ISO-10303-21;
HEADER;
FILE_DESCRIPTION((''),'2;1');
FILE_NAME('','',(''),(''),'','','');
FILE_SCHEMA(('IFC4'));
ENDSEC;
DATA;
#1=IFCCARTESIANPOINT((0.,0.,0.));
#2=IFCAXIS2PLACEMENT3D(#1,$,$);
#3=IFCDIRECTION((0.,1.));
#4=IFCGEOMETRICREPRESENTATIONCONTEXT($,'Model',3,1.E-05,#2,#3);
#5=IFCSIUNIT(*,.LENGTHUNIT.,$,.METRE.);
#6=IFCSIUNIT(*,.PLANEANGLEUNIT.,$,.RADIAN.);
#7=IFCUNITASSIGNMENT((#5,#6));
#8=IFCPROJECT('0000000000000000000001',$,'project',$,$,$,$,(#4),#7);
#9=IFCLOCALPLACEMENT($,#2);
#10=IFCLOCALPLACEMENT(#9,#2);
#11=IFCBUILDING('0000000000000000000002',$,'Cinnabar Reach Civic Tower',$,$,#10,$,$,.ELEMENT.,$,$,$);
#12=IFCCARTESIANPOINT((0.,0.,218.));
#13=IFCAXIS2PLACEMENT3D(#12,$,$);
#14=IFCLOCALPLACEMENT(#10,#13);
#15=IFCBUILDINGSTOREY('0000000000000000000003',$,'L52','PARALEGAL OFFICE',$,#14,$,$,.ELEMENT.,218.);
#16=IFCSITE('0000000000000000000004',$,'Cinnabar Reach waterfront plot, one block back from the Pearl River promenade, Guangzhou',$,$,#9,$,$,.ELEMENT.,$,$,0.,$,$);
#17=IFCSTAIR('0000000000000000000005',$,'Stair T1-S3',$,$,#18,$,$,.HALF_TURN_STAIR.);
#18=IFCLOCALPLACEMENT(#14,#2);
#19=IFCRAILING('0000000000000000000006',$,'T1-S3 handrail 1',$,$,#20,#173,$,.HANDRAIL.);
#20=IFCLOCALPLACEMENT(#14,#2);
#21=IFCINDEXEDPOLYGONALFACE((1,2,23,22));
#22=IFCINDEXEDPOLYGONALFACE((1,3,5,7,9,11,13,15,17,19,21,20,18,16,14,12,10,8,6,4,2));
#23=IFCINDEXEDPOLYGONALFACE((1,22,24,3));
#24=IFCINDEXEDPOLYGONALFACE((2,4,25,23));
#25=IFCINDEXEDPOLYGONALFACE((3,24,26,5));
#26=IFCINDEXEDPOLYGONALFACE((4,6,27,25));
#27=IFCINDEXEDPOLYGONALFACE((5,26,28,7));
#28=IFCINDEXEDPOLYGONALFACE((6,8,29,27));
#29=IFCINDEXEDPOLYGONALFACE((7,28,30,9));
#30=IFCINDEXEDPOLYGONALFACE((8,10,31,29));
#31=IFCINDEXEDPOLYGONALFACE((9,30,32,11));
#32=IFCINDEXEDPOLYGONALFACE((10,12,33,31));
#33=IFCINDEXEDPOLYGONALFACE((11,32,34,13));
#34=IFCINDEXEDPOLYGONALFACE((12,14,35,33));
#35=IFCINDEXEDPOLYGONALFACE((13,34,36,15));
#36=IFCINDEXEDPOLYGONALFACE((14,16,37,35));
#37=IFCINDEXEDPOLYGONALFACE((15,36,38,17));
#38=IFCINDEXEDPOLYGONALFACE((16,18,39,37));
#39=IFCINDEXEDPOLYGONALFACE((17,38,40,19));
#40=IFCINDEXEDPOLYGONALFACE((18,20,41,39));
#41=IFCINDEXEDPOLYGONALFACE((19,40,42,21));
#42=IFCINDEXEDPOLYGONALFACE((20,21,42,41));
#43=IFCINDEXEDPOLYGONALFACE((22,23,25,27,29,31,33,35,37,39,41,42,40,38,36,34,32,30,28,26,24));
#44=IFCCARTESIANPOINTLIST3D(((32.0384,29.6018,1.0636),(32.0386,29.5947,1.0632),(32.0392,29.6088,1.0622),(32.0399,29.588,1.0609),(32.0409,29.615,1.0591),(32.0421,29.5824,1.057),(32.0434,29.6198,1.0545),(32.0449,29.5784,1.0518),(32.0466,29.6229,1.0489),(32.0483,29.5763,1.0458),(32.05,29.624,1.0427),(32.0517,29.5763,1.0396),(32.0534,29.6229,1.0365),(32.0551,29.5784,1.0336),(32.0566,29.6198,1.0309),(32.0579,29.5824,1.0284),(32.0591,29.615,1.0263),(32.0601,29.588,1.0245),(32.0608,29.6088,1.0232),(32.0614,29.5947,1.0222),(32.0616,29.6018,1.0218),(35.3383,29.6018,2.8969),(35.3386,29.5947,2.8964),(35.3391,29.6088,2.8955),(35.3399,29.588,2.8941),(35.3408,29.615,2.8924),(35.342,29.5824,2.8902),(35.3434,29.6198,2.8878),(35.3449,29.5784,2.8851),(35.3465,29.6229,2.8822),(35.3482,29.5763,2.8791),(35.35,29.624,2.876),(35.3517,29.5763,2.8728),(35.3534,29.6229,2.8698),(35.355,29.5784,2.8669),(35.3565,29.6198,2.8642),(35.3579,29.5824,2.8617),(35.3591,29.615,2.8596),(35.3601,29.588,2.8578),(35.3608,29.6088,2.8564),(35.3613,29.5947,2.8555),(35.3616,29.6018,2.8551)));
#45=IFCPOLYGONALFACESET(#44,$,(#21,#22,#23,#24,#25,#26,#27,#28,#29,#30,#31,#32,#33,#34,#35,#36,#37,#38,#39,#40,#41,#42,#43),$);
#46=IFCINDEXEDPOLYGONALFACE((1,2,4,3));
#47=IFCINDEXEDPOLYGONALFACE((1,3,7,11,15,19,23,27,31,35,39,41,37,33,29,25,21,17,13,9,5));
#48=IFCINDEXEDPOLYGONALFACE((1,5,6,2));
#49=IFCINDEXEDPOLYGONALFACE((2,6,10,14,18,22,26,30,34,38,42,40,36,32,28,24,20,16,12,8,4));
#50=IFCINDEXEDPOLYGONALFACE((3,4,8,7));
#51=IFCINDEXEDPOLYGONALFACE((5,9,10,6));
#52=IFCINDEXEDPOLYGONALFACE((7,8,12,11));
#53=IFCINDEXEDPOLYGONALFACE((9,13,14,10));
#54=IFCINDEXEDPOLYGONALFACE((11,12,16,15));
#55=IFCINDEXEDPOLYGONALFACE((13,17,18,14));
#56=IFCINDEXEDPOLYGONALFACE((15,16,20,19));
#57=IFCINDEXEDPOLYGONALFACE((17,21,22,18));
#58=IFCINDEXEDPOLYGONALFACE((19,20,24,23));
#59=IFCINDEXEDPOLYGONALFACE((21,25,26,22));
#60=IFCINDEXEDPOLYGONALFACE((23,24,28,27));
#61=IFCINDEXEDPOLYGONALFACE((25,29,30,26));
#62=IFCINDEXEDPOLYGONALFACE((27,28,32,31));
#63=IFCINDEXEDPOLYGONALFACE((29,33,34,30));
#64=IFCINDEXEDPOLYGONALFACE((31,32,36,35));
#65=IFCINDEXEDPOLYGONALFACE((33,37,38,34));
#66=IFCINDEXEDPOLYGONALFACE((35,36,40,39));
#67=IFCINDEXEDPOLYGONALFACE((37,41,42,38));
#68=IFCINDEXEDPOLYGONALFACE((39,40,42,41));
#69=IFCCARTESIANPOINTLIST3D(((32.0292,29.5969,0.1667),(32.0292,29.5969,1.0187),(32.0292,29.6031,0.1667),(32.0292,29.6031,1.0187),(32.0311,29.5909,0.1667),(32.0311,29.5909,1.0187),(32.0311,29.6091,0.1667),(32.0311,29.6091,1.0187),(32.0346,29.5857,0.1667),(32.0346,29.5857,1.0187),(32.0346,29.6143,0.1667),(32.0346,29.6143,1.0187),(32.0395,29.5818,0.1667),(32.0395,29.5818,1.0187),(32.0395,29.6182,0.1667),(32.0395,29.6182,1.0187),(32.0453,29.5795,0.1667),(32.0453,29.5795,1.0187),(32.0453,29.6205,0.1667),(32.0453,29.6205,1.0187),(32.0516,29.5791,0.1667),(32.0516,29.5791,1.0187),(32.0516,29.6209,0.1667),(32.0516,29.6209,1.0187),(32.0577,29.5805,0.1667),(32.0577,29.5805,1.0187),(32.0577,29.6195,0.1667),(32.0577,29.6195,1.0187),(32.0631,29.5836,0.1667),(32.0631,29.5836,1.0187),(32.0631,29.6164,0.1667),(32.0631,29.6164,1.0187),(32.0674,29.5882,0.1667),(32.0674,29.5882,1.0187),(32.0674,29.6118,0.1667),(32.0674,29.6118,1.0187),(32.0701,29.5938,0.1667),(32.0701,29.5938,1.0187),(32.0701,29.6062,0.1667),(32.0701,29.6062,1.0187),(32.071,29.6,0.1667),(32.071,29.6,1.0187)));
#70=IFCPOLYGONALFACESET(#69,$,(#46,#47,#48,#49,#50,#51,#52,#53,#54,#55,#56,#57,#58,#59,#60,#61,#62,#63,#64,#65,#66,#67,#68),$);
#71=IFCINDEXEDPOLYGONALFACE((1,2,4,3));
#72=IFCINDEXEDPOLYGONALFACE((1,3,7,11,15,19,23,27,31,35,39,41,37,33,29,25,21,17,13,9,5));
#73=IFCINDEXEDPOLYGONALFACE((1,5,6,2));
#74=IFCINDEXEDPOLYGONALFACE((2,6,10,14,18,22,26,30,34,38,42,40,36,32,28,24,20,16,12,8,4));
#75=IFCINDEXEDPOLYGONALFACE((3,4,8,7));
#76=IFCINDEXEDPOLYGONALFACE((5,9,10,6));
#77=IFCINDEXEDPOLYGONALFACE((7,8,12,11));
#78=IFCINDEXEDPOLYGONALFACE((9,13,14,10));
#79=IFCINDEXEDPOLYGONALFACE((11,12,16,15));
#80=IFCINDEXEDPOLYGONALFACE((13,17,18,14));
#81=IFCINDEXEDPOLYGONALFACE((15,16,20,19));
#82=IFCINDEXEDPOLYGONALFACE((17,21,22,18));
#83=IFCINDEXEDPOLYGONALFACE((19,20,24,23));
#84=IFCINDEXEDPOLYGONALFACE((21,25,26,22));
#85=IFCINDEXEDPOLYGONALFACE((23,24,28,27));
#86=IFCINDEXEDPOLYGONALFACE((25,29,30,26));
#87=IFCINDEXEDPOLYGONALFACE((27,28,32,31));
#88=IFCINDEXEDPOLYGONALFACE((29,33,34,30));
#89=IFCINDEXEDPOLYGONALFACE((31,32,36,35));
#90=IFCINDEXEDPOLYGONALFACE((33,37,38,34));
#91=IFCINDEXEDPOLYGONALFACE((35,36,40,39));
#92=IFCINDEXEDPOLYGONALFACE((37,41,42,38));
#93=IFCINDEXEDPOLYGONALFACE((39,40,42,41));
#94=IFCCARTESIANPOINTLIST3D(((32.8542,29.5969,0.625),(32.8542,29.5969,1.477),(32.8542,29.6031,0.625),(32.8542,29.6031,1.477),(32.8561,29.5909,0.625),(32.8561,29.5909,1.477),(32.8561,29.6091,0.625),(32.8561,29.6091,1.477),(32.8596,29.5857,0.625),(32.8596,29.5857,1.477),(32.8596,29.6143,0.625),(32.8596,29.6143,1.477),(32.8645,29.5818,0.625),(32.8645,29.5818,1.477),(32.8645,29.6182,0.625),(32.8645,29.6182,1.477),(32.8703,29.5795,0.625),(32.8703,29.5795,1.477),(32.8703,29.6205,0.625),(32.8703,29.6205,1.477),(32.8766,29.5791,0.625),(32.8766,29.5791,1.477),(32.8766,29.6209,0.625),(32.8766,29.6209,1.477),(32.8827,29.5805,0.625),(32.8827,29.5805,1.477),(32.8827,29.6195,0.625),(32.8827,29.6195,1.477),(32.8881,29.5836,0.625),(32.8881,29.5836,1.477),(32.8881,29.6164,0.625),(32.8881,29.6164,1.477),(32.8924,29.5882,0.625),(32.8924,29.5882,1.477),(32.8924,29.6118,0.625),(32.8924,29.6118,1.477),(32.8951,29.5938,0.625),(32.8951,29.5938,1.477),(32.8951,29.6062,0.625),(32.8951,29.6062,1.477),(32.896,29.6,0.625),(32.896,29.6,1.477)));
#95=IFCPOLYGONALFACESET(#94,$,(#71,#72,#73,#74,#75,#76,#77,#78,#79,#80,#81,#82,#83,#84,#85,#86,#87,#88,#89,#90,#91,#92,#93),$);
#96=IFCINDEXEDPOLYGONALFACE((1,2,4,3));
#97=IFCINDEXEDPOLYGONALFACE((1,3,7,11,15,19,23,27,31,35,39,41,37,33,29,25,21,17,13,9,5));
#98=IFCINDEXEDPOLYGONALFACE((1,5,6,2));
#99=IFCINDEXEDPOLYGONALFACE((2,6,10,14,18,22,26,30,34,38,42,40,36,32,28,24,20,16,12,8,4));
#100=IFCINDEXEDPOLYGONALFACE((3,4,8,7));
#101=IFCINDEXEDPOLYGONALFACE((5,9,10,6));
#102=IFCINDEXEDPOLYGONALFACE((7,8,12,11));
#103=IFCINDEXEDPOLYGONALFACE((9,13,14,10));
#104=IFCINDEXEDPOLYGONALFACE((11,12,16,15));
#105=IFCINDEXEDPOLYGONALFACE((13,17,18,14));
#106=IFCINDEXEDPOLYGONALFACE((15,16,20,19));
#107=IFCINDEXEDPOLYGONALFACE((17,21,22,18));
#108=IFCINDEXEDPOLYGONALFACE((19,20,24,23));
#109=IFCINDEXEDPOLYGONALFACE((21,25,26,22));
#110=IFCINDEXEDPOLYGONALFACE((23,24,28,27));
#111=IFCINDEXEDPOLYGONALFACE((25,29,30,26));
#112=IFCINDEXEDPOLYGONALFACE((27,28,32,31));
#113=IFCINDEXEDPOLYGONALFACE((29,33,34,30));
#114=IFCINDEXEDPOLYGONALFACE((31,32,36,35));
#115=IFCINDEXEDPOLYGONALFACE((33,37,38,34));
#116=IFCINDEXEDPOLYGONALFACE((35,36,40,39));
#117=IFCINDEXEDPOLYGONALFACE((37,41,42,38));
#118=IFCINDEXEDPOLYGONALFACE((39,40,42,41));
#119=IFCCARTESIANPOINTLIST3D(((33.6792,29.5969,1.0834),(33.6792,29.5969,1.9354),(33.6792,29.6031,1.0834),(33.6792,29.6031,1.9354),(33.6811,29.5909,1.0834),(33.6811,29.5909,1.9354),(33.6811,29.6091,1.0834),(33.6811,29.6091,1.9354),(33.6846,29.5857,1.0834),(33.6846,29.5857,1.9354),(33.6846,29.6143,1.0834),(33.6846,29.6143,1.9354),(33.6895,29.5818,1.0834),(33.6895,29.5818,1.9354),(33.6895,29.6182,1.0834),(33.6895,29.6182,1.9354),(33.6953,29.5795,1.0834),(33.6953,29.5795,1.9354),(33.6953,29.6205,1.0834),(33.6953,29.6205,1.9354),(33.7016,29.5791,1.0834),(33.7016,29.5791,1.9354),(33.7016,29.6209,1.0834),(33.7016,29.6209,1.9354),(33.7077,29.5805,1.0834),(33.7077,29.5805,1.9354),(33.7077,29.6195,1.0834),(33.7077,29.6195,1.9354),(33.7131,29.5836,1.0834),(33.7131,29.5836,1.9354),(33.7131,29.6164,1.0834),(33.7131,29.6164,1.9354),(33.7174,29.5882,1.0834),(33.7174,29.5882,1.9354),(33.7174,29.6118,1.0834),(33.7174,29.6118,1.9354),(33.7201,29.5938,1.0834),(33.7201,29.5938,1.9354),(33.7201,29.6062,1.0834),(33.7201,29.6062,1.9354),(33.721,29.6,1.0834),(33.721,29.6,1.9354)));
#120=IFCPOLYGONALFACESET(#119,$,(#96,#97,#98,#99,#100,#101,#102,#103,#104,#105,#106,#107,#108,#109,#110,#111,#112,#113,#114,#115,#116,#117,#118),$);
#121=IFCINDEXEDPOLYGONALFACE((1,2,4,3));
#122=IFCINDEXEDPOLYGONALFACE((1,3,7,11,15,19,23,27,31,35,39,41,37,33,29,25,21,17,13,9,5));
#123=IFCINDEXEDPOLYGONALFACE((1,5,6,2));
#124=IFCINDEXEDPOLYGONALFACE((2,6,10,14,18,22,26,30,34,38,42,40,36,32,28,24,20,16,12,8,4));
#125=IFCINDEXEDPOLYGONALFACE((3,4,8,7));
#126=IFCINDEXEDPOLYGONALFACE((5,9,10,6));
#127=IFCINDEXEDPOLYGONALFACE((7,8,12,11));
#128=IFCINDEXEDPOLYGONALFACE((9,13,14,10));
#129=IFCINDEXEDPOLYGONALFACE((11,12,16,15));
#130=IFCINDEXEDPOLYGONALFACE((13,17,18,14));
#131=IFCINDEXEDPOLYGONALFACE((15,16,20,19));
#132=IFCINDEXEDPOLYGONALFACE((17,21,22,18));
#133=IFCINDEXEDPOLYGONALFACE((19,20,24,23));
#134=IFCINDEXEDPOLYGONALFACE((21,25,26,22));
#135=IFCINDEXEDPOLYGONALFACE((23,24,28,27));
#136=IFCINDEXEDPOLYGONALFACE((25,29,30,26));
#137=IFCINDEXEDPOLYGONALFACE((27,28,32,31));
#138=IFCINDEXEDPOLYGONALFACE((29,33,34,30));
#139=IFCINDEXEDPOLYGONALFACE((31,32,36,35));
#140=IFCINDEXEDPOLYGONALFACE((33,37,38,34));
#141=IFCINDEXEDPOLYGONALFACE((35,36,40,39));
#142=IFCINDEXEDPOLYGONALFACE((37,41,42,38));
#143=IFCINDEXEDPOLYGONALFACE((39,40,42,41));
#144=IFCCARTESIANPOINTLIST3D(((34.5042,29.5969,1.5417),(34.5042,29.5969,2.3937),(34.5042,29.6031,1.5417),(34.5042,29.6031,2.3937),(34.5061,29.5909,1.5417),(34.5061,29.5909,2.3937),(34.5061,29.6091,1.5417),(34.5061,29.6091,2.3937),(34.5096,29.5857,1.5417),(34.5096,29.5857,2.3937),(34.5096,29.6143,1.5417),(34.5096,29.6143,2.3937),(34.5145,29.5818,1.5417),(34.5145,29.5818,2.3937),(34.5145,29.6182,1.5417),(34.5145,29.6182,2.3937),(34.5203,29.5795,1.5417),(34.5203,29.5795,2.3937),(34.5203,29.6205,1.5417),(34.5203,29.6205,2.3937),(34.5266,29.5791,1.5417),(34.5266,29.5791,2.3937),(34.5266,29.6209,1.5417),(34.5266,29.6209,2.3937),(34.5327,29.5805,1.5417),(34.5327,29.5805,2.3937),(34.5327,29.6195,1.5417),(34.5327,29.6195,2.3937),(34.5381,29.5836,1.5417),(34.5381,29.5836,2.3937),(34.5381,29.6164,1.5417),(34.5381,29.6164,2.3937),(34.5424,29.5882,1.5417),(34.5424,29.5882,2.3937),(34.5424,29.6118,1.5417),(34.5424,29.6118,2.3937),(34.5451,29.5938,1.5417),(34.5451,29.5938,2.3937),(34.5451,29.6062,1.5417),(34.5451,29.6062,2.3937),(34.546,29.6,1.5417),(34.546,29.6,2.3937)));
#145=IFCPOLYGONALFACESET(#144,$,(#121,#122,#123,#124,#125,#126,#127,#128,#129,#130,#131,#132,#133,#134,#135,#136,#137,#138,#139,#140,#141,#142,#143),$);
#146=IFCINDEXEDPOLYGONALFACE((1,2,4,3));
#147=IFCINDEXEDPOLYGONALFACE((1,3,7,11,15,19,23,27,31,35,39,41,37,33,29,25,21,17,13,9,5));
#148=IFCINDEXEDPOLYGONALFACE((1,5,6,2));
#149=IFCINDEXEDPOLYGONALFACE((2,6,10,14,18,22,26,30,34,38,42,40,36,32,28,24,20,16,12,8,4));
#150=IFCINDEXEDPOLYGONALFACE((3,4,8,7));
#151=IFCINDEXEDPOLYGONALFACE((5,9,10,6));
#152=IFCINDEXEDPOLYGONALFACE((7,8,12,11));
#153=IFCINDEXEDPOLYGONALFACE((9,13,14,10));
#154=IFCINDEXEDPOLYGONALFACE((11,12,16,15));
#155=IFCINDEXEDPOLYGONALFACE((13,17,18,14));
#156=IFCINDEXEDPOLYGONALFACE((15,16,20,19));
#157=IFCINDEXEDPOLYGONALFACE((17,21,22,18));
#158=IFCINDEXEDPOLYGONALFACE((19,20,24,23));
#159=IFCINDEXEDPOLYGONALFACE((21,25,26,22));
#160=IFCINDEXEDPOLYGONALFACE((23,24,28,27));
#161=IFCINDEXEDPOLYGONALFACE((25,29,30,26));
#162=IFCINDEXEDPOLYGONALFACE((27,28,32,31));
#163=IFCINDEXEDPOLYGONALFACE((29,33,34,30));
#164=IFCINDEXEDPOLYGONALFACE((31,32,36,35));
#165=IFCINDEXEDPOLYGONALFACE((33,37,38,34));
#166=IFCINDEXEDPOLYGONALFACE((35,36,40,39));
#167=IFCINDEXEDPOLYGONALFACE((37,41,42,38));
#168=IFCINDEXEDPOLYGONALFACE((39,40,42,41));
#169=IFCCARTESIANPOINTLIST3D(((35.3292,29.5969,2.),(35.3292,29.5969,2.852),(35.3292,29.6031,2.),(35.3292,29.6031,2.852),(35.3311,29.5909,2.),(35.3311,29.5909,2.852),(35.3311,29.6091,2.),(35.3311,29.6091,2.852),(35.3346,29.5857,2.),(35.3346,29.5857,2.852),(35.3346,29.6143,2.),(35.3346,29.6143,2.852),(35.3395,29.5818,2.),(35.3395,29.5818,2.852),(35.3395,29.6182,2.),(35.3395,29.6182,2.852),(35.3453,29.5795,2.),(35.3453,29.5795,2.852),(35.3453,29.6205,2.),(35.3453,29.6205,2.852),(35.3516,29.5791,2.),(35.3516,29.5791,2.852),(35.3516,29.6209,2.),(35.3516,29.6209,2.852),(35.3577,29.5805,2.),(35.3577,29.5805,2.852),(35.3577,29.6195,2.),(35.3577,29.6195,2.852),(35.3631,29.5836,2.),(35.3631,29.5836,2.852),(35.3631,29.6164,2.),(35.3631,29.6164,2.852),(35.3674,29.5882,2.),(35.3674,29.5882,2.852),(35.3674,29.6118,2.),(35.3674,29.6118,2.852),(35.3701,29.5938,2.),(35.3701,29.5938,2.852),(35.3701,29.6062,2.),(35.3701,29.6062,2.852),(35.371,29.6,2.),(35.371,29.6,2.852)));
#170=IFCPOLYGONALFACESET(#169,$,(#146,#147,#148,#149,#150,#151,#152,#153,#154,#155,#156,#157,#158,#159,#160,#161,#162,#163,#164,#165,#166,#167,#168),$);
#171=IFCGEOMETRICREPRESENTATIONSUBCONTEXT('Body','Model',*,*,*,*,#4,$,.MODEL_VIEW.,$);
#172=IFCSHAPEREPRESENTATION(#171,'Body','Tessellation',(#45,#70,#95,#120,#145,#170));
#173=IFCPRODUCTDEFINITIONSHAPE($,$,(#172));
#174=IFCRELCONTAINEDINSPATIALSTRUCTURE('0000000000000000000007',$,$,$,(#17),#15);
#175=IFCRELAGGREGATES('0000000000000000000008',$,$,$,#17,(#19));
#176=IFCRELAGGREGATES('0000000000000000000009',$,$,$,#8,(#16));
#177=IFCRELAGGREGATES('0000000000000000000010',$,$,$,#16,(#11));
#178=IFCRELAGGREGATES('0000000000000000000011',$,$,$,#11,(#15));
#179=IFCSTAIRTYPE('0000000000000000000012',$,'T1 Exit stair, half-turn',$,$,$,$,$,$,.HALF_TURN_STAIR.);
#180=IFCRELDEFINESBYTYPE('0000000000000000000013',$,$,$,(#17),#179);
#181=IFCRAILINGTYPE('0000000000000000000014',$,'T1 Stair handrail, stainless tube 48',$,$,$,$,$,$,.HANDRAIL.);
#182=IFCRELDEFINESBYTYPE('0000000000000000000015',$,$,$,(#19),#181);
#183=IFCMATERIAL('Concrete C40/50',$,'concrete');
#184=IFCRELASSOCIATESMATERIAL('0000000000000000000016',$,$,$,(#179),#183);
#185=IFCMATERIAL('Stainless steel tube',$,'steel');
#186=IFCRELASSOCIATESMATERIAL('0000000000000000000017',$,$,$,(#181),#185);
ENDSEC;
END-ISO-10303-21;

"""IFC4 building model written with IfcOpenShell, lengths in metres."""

from ifc_helpers import new_model, si_unit, direction, frame, origin, origin_2d, place, context, subcontext, project, spatial, circle, extrude, material, type_object, element, aggregate, save


model = new_model("IFC4")

# Units and contexts
model_context = context("Model", 3, precision=1e-05, world=origin(), true_north=direction((0.0, 1.0)))
body_context = subcontext(model_context, "Body", "Model", "MODEL_VIEW")
ifc_project = project(units=[si_unit("LENGTHUNIT", "METRE"), si_unit("PLANEANGLEUNIT", "RADIAN")], contexts=[model_context])

# Site, building, storey
site_placement = place(None, origin())
site = spatial("IfcSite", under=ifc_project, at=site_placement, Name="Cinnabar Reach waterfront plot, one block back from the Pearl River promenade, Guangzhou", CompositionType="ELEMENT", RefElevation=0.0)
building_placement = place(site_placement, origin())
building = spatial("IfcBuilding", under=site, at=building_placement, Name="Cinnabar Reach Civic Tower", CompositionType="ELEMENT")
storey_placement = place(building_placement, frame((0.0, 0.0, 218.0)))
storey = spatial("IfcBuildingStorey", under=building, at=storey_placement, Name="L52", Description="PARALEGAL OFFICE", CompositionType="ELEMENT", Elevation=218.0)

# Stair, railing
ifc_material_1 = material(Name="Concrete C40/50", Category="concrete")
stair_type = type_object("IfcStairType", Name="T1 Exit stair, half-turn", PredefinedType="HALF_TURN_STAIR", material=ifc_material_1)
stair_placement = place(storey_placement, origin())
stair = element("IfcStair", 1, at=stair_placement, inside=storey, type_object=stair_type, Name="Stair T1-S3", PredefinedType="HALF_TURN_STAIR")
ifc_material_2 = material(Name="Stainless steel tube", Category="steel")
railing_type = type_object("IfcRailingType", Name="T1 Stair handrail, stainless tube 48", PredefinedType="HANDRAIL", material=ifc_material_2)
railing_placement = place(storey_placement, frame((32.05, 29.6, 0.1667)))
railing = element("IfcRailing", 2, at=railing_placement, type_object=railing_type, Name="T1-S3 handrail 1", PredefinedType="HANDRAIL", context=body_context, shape_type="SweptSolid", body=[
    extrude(circle(Radius=0.024, at=origin_2d()), frame((0.0, 0.0, 0.876), z_axis=(0.874161, 0.0, 0.485636), x_axis=(0.0, 1.0, 0.0)), (0.0, 0.0, 1.0), 3.775),
    extrude(circle(Radius=0.021, at=origin_2d()), origin(), (0.0, 0.0, 1.0), 0.852),
    extrude(circle(Radius=0.021, at=origin_2d()), frame((0.825, 0.0, 0.4583)), (0.0, 0.0, 1.0), 0.852),
    extrude(circle(Radius=0.021, at=origin_2d()), frame((1.65, 0.0, 0.9167)), (0.0, 0.0, 1.0), 0.852),
    extrude(circle(Radius=0.021, at=origin_2d()), frame((2.475, 0.0, 1.375)), (0.0, 0.0, 1.0), 0.852),
    extrude(circle(Radius=0.021, at=origin_2d()), frame((3.3, 0.0, 1.8333)), (0.0, 0.0, 1.0), 0.852),
])
aggregate(stair, [railing])

save(model, "model.ifc")
